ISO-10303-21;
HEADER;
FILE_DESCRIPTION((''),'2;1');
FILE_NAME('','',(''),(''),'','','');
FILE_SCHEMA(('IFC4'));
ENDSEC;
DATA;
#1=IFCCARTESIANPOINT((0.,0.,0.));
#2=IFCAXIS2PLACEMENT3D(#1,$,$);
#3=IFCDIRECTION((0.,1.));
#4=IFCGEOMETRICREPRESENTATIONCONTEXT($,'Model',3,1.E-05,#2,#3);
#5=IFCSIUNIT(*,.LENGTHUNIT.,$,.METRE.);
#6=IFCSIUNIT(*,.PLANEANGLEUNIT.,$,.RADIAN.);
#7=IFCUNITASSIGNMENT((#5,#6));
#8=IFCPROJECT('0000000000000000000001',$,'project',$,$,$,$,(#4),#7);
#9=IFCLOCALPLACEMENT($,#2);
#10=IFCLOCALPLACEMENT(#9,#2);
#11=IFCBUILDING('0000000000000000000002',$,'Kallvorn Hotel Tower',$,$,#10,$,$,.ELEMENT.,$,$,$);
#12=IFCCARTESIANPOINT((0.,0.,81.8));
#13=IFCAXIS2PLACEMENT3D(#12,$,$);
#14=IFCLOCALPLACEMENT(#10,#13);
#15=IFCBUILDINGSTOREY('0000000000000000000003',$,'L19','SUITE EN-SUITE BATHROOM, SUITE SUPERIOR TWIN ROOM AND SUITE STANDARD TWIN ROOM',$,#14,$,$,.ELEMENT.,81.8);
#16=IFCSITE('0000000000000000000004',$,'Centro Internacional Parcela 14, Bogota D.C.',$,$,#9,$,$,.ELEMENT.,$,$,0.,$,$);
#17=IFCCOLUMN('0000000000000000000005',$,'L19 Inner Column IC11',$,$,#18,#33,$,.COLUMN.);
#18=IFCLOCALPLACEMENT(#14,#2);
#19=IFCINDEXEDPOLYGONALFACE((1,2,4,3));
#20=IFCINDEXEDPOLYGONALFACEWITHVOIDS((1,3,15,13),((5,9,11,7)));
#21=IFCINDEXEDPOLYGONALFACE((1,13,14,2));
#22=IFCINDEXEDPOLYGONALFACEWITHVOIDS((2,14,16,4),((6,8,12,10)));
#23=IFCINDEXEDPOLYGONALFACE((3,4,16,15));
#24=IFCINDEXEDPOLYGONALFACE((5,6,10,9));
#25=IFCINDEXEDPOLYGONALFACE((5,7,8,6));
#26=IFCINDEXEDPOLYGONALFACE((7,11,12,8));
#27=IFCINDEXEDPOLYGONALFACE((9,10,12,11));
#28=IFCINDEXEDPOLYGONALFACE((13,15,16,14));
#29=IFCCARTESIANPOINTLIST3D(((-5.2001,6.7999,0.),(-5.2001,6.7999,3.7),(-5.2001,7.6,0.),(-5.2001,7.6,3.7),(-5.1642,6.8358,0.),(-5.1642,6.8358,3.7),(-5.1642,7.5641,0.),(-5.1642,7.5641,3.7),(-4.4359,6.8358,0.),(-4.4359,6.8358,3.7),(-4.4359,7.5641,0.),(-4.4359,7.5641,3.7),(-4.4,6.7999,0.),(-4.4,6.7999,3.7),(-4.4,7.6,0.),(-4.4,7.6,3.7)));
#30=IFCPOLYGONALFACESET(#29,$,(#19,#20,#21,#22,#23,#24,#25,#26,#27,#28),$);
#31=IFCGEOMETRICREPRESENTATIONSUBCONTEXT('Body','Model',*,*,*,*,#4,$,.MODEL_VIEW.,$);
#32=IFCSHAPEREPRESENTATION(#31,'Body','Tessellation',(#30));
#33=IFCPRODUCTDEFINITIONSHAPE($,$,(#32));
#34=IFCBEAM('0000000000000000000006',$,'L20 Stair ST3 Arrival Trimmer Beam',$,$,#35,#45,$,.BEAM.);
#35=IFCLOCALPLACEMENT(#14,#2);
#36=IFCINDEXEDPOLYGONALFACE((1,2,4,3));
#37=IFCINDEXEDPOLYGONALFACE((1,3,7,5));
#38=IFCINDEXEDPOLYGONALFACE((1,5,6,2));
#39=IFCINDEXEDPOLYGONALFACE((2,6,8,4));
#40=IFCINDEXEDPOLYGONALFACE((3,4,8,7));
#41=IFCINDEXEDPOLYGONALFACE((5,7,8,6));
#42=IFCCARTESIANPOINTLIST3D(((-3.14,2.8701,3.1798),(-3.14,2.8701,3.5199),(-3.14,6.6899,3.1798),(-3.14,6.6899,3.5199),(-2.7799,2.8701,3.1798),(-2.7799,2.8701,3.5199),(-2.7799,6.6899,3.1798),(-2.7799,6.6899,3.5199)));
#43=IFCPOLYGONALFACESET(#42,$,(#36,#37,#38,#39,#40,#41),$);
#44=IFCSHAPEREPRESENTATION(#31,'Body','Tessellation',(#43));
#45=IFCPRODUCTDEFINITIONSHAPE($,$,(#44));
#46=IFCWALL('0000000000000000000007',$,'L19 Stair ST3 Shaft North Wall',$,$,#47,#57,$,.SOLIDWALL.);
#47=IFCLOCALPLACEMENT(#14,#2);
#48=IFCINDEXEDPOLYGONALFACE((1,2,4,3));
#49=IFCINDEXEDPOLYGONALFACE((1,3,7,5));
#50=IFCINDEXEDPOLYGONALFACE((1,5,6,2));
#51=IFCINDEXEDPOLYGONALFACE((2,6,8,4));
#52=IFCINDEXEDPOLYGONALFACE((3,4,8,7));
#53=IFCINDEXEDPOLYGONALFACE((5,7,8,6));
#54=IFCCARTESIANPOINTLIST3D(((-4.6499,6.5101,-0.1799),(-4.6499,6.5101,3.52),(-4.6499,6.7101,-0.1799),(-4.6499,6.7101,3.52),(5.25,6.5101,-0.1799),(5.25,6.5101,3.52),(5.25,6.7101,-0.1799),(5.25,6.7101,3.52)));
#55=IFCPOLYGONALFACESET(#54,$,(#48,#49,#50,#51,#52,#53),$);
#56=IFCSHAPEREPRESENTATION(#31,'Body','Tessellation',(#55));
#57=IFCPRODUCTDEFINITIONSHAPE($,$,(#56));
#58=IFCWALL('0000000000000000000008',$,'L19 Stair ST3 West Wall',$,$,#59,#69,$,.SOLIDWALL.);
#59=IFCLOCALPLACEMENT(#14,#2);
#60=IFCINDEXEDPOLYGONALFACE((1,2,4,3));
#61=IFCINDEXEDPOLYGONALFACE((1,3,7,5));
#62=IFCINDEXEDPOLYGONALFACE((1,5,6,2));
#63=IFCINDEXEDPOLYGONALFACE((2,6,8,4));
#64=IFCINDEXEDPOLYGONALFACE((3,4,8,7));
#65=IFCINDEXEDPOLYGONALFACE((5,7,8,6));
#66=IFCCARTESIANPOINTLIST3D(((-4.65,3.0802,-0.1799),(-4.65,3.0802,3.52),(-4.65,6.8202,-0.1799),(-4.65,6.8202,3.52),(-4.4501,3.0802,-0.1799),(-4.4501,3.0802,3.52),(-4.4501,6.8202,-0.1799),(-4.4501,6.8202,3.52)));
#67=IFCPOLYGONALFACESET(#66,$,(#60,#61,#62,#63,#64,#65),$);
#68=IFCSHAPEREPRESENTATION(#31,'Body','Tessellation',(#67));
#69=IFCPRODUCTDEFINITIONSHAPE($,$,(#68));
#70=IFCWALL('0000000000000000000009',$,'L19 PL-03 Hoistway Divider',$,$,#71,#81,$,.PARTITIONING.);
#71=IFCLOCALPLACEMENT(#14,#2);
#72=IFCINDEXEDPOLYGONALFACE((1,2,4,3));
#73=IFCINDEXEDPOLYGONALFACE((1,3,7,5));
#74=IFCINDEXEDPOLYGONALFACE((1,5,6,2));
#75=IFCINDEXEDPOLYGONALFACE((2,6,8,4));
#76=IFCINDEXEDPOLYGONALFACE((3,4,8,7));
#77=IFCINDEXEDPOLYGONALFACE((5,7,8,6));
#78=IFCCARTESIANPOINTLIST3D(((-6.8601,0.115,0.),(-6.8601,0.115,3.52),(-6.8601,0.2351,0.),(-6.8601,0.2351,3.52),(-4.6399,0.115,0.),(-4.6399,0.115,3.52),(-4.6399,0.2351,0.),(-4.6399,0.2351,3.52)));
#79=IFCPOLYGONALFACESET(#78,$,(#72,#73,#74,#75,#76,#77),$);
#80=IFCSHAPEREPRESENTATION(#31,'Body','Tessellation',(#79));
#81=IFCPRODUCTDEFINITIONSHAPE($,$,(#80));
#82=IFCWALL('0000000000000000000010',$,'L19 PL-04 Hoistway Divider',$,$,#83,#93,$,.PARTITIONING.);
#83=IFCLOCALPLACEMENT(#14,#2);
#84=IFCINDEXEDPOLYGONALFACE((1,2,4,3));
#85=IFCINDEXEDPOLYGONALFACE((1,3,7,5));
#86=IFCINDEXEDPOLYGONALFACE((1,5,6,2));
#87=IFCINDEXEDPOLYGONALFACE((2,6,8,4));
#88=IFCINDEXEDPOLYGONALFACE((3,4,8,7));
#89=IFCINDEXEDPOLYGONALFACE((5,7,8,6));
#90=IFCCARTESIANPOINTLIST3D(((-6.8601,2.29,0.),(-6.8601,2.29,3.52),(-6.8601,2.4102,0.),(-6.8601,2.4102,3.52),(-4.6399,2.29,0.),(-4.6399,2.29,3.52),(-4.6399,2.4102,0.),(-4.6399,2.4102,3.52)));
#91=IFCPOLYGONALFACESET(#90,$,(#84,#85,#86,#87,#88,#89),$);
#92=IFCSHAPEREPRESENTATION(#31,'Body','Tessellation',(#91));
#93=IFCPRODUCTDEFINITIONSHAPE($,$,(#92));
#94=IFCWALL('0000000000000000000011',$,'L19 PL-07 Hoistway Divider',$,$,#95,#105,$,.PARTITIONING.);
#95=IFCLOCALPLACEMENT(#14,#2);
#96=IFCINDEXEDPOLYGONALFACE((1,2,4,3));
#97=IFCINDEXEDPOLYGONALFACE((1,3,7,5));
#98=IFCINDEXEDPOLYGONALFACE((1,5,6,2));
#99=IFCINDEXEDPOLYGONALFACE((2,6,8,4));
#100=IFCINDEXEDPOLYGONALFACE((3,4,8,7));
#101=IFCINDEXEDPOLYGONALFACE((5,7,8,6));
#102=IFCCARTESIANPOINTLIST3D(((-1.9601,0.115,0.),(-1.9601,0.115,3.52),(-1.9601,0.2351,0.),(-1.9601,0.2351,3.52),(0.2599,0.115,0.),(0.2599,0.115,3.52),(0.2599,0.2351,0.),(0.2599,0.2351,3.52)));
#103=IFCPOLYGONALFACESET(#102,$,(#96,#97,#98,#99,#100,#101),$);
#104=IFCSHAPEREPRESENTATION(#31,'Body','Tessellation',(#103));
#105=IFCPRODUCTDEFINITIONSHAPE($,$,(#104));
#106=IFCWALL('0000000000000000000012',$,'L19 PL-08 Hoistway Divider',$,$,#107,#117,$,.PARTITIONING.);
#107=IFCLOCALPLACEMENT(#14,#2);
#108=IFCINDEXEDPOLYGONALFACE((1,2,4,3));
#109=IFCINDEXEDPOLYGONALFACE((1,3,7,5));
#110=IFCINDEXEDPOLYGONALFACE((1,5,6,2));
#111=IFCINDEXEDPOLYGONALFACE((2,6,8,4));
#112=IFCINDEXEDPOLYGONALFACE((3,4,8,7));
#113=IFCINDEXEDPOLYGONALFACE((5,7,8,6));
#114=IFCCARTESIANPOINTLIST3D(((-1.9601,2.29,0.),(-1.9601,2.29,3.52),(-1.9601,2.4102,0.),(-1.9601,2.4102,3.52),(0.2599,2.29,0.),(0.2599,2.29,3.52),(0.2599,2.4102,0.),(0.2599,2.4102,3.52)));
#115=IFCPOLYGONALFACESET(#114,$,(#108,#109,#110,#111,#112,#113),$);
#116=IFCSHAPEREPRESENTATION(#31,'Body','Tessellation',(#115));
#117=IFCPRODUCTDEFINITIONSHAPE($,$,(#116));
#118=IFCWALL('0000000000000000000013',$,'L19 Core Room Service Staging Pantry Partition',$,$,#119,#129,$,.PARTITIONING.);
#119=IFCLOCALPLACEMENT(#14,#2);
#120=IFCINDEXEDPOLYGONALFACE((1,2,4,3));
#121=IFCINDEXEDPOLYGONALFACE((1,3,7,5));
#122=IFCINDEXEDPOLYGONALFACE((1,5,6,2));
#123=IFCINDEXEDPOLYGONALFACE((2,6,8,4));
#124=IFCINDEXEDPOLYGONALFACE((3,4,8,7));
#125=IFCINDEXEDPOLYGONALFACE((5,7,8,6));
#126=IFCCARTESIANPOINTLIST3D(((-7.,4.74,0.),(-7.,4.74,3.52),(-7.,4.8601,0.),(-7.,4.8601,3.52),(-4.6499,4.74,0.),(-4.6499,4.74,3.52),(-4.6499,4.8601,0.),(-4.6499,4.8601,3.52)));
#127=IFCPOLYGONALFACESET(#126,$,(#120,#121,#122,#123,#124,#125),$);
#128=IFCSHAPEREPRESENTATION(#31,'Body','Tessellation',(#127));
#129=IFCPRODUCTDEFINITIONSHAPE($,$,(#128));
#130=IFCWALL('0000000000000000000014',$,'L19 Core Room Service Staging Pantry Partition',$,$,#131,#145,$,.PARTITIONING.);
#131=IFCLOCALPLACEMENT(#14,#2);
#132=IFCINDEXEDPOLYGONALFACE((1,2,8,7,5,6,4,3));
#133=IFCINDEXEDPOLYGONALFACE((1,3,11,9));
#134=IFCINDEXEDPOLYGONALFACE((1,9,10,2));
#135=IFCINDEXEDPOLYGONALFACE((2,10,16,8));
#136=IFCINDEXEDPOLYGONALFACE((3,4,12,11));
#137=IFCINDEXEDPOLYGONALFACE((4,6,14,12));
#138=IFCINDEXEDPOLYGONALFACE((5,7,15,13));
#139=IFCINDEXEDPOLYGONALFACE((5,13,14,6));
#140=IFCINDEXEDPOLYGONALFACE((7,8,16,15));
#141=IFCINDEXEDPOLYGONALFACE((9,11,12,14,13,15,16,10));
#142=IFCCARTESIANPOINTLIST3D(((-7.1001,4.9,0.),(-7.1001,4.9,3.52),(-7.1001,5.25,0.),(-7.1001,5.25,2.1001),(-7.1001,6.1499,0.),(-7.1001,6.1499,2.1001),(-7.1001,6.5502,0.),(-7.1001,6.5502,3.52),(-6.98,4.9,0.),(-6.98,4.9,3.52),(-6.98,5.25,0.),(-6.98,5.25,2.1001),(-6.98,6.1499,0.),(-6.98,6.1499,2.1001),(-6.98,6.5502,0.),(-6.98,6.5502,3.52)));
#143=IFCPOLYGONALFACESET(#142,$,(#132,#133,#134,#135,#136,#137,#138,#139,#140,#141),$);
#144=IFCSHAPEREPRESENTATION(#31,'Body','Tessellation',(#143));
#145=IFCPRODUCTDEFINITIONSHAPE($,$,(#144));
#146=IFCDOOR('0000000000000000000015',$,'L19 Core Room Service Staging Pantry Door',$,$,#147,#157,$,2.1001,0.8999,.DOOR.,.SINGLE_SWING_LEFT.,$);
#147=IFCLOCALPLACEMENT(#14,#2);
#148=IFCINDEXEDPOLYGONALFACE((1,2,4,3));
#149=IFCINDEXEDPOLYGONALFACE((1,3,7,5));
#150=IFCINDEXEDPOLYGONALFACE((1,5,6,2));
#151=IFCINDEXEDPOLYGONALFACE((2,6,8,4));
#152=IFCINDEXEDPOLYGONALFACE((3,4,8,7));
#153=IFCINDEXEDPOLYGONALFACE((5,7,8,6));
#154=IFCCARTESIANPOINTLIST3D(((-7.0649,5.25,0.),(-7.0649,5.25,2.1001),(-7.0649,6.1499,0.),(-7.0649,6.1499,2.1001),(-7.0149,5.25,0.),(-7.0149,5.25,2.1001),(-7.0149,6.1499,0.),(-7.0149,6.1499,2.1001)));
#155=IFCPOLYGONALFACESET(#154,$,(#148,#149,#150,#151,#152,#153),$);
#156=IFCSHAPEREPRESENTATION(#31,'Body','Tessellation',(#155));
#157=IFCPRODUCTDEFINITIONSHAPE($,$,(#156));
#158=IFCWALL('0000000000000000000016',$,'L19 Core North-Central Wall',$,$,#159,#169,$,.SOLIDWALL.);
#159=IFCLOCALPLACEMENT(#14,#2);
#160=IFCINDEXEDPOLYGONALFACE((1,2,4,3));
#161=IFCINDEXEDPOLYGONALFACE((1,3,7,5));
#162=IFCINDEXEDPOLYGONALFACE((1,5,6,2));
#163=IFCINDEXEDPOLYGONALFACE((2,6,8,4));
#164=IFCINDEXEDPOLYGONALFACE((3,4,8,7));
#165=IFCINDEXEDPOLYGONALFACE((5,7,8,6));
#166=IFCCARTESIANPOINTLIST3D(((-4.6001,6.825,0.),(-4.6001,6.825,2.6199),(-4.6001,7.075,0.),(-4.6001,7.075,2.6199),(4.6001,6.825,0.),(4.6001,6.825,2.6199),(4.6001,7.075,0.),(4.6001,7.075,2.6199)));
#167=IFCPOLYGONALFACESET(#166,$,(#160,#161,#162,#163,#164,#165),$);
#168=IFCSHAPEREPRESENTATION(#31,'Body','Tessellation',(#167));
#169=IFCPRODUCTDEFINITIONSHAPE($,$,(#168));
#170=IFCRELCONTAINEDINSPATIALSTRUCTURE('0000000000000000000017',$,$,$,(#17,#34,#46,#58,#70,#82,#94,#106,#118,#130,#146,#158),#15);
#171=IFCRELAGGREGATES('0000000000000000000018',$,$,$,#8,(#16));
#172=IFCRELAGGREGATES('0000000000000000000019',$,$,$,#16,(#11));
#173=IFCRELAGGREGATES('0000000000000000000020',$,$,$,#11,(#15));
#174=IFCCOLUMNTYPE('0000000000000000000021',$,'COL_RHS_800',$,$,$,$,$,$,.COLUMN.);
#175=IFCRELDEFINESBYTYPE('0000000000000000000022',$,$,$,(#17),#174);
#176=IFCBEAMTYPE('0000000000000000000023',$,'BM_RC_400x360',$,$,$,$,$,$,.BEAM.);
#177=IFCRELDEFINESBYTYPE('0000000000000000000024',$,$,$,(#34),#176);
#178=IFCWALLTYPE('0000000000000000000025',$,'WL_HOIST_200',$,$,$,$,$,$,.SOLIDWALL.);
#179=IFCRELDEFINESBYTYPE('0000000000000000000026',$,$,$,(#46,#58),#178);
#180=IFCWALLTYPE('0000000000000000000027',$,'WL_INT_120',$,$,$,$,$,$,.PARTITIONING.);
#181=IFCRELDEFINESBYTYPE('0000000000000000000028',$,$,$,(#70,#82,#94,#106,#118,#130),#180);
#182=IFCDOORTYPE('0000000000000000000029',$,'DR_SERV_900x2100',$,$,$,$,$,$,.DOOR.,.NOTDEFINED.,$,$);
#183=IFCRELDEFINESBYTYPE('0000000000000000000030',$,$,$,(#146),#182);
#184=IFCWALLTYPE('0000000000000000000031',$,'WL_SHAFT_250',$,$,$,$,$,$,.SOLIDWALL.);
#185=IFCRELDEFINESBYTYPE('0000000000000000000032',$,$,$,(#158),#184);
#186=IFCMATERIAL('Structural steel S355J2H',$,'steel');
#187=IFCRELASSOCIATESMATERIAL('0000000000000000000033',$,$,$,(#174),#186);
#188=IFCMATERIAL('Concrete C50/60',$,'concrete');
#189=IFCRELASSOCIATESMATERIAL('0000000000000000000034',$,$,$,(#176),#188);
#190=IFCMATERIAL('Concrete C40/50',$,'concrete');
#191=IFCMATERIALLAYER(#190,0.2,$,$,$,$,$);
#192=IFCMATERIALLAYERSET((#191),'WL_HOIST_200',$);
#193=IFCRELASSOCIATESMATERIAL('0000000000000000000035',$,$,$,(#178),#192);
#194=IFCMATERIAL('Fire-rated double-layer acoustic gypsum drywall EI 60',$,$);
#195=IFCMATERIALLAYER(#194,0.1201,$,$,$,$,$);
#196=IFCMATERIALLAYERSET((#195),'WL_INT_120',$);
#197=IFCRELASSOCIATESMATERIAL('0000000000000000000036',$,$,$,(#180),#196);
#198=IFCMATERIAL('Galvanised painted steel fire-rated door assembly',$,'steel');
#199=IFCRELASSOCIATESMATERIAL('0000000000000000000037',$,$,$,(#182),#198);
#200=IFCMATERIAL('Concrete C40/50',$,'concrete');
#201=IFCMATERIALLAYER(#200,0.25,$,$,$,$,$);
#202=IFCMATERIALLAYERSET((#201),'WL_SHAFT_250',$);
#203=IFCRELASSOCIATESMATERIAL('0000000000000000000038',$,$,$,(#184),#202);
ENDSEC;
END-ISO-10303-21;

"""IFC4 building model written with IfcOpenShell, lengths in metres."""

from ifc_helpers import new_model, si_unit, direction, frame, frame_2d, origin, origin_2d, place, context, subcontext, project, spatial, rectangle, hollow_rectangle, extrude, material, layer, layer_set, material_profile, profile_set, type_object, element, fill, save


model = new_model("IFC4")

# Units and contexts
model_context = context("Model", 3, precision=1e-05, world=origin(), true_north=direction((0.0, 1.0)))
body_context = subcontext(model_context, "Body", "Model", "MODEL_VIEW")
ifc_project = project(units=[si_unit("LENGTHUNIT", "METRE"), si_unit("PLANEANGLEUNIT", "RADIAN")], contexts=[model_context])

# Site, building, storey
site_placement = place(None, origin())
site = spatial("IfcSite", under=ifc_project, at=site_placement, Name="Centro Internacional Parcela 14, Bogota D.C.", CompositionType="ELEMENT", RefElevation=0.0)
building_placement = place(site_placement, origin())
building = spatial("IfcBuilding", under=site, at=building_placement, Name="Kallvorn Hotel Tower", CompositionType="ELEMENT")
storey_placement = place(building_placement, frame((0.0, 0.0, 81.8)))
storey = spatial("IfcBuildingStorey", under=building, at=storey_placement, Name="L19", Description="SUITE EN-SUITE BATHROOM, SUITE SUPERIOR TWIN ROOM AND SUITE STANDARD TWIN ROOM", CompositionType="ELEMENT", Elevation=81.8)

# Column
ifc_material_1 = material(Name="Structural steel S355J2H", Category="steel")
ifc_material_profile_1 = material_profile(ifc_material_1, hollow_rectangle(XDim=0.8, YDim=0.8, WallThickness=0.0359, at=origin_2d()), Name="RHS 800x800x36")
ifc_profile_set_1 = profile_set([ifc_material_profile_1], Name="Structural steel S355J2H")
column_type = type_object("IfcColumnType", Name="COL_RHS_800", PredefinedType="COLUMN", material=ifc_profile_set_1)
column_placement = place(storey_placement, frame((-4.8, 7.2, 0.0), z_axis=(0.0, 0.0, 1.0), x_axis=(1.0, 0.0, 0.0)))
element("IfcColumn", 1, at=column_placement, inside=storey, type_object=column_type, Name="L19 Inner Column IC11", PredefinedType="COLUMN", context=body_context, shape_type="SweptSolid", body=[
    extrude(hollow_rectangle(XDim=0.8, YDim=0.8, WallThickness=0.0359, at=origin_2d()), origin(), (0.0, 0.0, 1.0), 3.7),
])

# Beam
ifc_material_2 = material(Name="Concrete C50/60", Category="concrete")
ifc_material_profile_2 = material_profile(ifc_material_2, rectangle(XDim=0.3601, YDim=0.3401, at=origin_2d()), Name="RC 360x340")
ifc_profile_set_2 = profile_set([ifc_material_profile_2], Name="Concrete C50/60")
beam_type = type_object("IfcBeamType", Name="BM_RC_400x360", PredefinedType="BEAM", material=ifc_profile_set_2)
beam_placement = place(storey_placement, frame((-2.96, 2.8701, 3.3499), z_axis=(0.0, 1.0, 0.0), x_axis=(-1.0, 0.0, 0.0)))
element("IfcBeam", 2, at=beam_placement, inside=storey, type_object=beam_type, Name="L20 Stair ST3 Arrival Trimmer Beam", PredefinedType="BEAM", context=body_context, shape_type="SweptSolid", body=[
    extrude(rectangle(XDim=0.3601, YDim=0.3401, at=origin_2d()), origin(), (0.0, 0.0, 1.0), 3.8198),
])

# Walls
ifc_material_3 = material(Name="Concrete C40/50", Category="concrete")
ifc_layer_1 = layer(ifc_material_3, 0.2)
ifc_layer_set_1 = layer_set([ifc_layer_1], Name="WL_HOIST_200")
wall_type_1 = type_object("IfcWallType", Name="WL_HOIST_200", PredefinedType="SOLIDWALL", material=ifc_layer_set_1)
wall_1_placement = place(storey_placement, frame((-4.6499, 6.6101, -0.1799), z_axis=(0.0, 0.0, 1.0), x_axis=(1.0, 0.0, 0.0)))
element("IfcWall", 3, at=wall_1_placement, inside=storey, type_object=wall_type_1, Name="L19 Stair ST3 Shaft North Wall", PredefinedType="SOLIDWALL", context=body_context, shape_type="SweptSolid", body=[
    extrude(rectangle(XDim=9.8999, YDim=0.2, at=frame_2d((4.95, 0.0))), origin(), (0.0, 0.0, 1.0), 3.7),
])
wall_2_placement = place(storey_placement, frame((-4.55, 3.0801, -0.1799), z_axis=(0.0, 0.0, 1.0), x_axis=(0.0, 1.0, 0.0)))
element("IfcWall", 4, at=wall_2_placement, inside=storey, type_object=wall_type_1, Name="L19 Stair ST3 West Wall", PredefinedType="SOLIDWALL", context=body_context, shape_type="SweptSolid", body=[
    extrude(rectangle(XDim=3.74, YDim=0.2, at=frame_2d((1.8701, 0.0))), origin(), (0.0, 0.0, 1.0), 3.7),
])
ifc_material_4 = material(Name="Fire-rated double-layer acoustic gypsum drywall EI 60")
ifc_layer_2 = layer(ifc_material_4, 0.1201)
ifc_layer_set_2 = layer_set([ifc_layer_2], Name="WL_INT_120")
wall_type_2 = type_object("IfcWallType", Name="WL_INT_120", PredefinedType="PARTITIONING", material=ifc_layer_set_2)
for number, where, z_axis, x_axis, name in (
    (5, (-6.8601, 0.175, 0.0), (0.0, 0.0, 1.0), (1.0, 0.0, 0.0), "L19 PL-03 Hoistway Divider"),
    (6, (-6.8601, 2.3501, 0.0), (0.0, 0.0, 1.0), (1.0, 0.0, 0.0), "L19 PL-04 Hoistway Divider"),
):
    element("IfcWall", number, at=place(storey_placement, frame(where, z_axis=z_axis, x_axis=x_axis)), inside=storey, type_object=wall_type_2, Name=name, PredefinedType="PARTITIONING", context=body_context, shape_type="SweptSolid", body=[
        extrude(rectangle(XDim=2.2202, YDim=0.1201, at=frame_2d((1.1101, 0.0))), origin(), (0.0, 0.0, 1.0), 3.52),
    ])
for number, where, z_axis, x_axis, name in (
    (7, (-1.96, 0.175, 0.0), (0.0, 0.0, 1.0), (1.0, 0.0, 0.0), "L19 PL-07 Hoistway Divider"),
    (8, (-1.96, 2.3501, 0.0), (0.0, 0.0, 1.0), (1.0, 0.0, 0.0), "L19 PL-08 Hoistway Divider"),
):
    element("IfcWall", number, at=place(storey_placement, frame(where, z_axis=z_axis, x_axis=x_axis)), inside=storey, type_object=wall_type_2, Name=name, PredefinedType="PARTITIONING", context=body_context, shape_type="SweptSolid", body=[
        extrude(rectangle(XDim=2.22, YDim=0.1201, at=frame_2d((1.1099, 0.0))), origin(), (0.0, 0.0, 1.0), 3.52),
    ])
wall_3_placement = place(storey_placement, frame((-7.0, 4.8, 0.0), z_axis=(0.0, 0.0, 1.0), x_axis=(1.0, 0.0, 0.0)))
element("IfcWall", 9, at=wall_3_placement, inside=storey, type_object=wall_type_2, Name="L19 Core Room Service Staging Pantry Partition", PredefinedType="PARTITIONING", context=body_context, shape_type="SweptSolid", body=[
    extrude(rectangle(XDim=2.3501, YDim=0.1201, at=frame_2d((1.175, 0.0))), origin(), (0.0, 0.0, 1.0), 3.52),
])

# Wall, opening, door
wall_4_placement = place(storey_placement, frame((-7.04, 4.8999, 0.0), z_axis=(0.0, 0.0, 1.0), x_axis=(0.0, 1.0, 0.0)))
wall_4 = element("IfcWall", 10, at=wall_4_placement, inside=storey, type_object=wall_type_2, Name="L19 Core Room Service Staging Pantry Partition", PredefinedType="PARTITIONING", context=body_context, shape_type="SweptSolid", body=[
    extrude(rectangle(XDim=1.6501, YDim=0.1201, at=frame_2d((0.8252, 0.0))), origin(), (0.0, 0.0, 1.0), 3.52),
])
opening_1_placement = place(wall_4_placement, frame((0.3501, 0.0, 0.0)))
opening_1 = element("IfcOpeningElement", 11, at=opening_1_placement, cuts=wall_4, PredefinedType="OPENING", context=body_context, shape_type="SweptSolid", body=[
    extrude(rectangle(XDim=0.8999, YDim=2.1001, at=frame_2d((0.45, 1.05))), frame((0.0, 0.075, 0.0), z_axis=(0.0, -1.0, 0.0), x_axis=(1.0, 0.0, 0.0)), (0.0, 0.0, 1.0), 0.1501),
])
ifc_material_5 = material(Name="Galvanised painted steel fire-rated door assembly", Category="steel")
door_type_1 = type_object("IfcDoorType", Name="DR_SERV_900x2100", OperationType="NOTDEFINED", PredefinedType="DOOR", material=ifc_material_5)
door_1_placement = place(opening_1_placement, origin())
door_1 = element("IfcDoor", 12, at=door_1_placement, inside=storey, type_object=door_type_1, Name="L19 Core Room Service Staging Pantry Door", OperationType="SINGLE_SWING_LEFT", OverallHeight=2.1001, OverallWidth=0.8999, PredefinedType="DOOR", context=body_context, shape_type="SweptSolid", body=[
    extrude(rectangle(XDim=0.8999, YDim=2.1001, at=frame_2d((0.45, 1.05))), frame((0.0, 0.0249, 0.0), z_axis=(0.0, -1.0, 0.0), x_axis=(1.0, 0.0, 0.0)), (0.0, 0.0, 1.0), 0.05),
])
fill(opening_1, door_1)

# Wall
ifc_material_6 = material(Name="Concrete C40/50", Category="concrete")
ifc_layer_3 = layer(ifc_material_6, 0.25)
ifc_layer_set_3 = layer_set([ifc_layer_3], Name="WL_SHAFT_250")
wall_type_3 = type_object("IfcWallType", Name="WL_SHAFT_250", PredefinedType="SOLIDWALL", material=ifc_layer_set_3)
wall_5_placement = place(storey_placement, frame((-4.6001, 6.95, 0.0), z_axis=(0.0, 0.0, 1.0), x_axis=(1.0, 0.0, 0.0)))
element("IfcWall", 13, at=wall_5_placement, inside=storey, type_object=wall_type_3, Name="L19 Core North-Central Wall", PredefinedType="SOLIDWALL", context=body_context, shape_type="SweptSolid", body=[
    extrude(rectangle(XDim=9.2002, YDim=0.25, at=frame_2d((4.6001, 0.0))), origin(), (0.0, 0.0, 1.0), 2.6199),
])

save(model, "model.ifc")
